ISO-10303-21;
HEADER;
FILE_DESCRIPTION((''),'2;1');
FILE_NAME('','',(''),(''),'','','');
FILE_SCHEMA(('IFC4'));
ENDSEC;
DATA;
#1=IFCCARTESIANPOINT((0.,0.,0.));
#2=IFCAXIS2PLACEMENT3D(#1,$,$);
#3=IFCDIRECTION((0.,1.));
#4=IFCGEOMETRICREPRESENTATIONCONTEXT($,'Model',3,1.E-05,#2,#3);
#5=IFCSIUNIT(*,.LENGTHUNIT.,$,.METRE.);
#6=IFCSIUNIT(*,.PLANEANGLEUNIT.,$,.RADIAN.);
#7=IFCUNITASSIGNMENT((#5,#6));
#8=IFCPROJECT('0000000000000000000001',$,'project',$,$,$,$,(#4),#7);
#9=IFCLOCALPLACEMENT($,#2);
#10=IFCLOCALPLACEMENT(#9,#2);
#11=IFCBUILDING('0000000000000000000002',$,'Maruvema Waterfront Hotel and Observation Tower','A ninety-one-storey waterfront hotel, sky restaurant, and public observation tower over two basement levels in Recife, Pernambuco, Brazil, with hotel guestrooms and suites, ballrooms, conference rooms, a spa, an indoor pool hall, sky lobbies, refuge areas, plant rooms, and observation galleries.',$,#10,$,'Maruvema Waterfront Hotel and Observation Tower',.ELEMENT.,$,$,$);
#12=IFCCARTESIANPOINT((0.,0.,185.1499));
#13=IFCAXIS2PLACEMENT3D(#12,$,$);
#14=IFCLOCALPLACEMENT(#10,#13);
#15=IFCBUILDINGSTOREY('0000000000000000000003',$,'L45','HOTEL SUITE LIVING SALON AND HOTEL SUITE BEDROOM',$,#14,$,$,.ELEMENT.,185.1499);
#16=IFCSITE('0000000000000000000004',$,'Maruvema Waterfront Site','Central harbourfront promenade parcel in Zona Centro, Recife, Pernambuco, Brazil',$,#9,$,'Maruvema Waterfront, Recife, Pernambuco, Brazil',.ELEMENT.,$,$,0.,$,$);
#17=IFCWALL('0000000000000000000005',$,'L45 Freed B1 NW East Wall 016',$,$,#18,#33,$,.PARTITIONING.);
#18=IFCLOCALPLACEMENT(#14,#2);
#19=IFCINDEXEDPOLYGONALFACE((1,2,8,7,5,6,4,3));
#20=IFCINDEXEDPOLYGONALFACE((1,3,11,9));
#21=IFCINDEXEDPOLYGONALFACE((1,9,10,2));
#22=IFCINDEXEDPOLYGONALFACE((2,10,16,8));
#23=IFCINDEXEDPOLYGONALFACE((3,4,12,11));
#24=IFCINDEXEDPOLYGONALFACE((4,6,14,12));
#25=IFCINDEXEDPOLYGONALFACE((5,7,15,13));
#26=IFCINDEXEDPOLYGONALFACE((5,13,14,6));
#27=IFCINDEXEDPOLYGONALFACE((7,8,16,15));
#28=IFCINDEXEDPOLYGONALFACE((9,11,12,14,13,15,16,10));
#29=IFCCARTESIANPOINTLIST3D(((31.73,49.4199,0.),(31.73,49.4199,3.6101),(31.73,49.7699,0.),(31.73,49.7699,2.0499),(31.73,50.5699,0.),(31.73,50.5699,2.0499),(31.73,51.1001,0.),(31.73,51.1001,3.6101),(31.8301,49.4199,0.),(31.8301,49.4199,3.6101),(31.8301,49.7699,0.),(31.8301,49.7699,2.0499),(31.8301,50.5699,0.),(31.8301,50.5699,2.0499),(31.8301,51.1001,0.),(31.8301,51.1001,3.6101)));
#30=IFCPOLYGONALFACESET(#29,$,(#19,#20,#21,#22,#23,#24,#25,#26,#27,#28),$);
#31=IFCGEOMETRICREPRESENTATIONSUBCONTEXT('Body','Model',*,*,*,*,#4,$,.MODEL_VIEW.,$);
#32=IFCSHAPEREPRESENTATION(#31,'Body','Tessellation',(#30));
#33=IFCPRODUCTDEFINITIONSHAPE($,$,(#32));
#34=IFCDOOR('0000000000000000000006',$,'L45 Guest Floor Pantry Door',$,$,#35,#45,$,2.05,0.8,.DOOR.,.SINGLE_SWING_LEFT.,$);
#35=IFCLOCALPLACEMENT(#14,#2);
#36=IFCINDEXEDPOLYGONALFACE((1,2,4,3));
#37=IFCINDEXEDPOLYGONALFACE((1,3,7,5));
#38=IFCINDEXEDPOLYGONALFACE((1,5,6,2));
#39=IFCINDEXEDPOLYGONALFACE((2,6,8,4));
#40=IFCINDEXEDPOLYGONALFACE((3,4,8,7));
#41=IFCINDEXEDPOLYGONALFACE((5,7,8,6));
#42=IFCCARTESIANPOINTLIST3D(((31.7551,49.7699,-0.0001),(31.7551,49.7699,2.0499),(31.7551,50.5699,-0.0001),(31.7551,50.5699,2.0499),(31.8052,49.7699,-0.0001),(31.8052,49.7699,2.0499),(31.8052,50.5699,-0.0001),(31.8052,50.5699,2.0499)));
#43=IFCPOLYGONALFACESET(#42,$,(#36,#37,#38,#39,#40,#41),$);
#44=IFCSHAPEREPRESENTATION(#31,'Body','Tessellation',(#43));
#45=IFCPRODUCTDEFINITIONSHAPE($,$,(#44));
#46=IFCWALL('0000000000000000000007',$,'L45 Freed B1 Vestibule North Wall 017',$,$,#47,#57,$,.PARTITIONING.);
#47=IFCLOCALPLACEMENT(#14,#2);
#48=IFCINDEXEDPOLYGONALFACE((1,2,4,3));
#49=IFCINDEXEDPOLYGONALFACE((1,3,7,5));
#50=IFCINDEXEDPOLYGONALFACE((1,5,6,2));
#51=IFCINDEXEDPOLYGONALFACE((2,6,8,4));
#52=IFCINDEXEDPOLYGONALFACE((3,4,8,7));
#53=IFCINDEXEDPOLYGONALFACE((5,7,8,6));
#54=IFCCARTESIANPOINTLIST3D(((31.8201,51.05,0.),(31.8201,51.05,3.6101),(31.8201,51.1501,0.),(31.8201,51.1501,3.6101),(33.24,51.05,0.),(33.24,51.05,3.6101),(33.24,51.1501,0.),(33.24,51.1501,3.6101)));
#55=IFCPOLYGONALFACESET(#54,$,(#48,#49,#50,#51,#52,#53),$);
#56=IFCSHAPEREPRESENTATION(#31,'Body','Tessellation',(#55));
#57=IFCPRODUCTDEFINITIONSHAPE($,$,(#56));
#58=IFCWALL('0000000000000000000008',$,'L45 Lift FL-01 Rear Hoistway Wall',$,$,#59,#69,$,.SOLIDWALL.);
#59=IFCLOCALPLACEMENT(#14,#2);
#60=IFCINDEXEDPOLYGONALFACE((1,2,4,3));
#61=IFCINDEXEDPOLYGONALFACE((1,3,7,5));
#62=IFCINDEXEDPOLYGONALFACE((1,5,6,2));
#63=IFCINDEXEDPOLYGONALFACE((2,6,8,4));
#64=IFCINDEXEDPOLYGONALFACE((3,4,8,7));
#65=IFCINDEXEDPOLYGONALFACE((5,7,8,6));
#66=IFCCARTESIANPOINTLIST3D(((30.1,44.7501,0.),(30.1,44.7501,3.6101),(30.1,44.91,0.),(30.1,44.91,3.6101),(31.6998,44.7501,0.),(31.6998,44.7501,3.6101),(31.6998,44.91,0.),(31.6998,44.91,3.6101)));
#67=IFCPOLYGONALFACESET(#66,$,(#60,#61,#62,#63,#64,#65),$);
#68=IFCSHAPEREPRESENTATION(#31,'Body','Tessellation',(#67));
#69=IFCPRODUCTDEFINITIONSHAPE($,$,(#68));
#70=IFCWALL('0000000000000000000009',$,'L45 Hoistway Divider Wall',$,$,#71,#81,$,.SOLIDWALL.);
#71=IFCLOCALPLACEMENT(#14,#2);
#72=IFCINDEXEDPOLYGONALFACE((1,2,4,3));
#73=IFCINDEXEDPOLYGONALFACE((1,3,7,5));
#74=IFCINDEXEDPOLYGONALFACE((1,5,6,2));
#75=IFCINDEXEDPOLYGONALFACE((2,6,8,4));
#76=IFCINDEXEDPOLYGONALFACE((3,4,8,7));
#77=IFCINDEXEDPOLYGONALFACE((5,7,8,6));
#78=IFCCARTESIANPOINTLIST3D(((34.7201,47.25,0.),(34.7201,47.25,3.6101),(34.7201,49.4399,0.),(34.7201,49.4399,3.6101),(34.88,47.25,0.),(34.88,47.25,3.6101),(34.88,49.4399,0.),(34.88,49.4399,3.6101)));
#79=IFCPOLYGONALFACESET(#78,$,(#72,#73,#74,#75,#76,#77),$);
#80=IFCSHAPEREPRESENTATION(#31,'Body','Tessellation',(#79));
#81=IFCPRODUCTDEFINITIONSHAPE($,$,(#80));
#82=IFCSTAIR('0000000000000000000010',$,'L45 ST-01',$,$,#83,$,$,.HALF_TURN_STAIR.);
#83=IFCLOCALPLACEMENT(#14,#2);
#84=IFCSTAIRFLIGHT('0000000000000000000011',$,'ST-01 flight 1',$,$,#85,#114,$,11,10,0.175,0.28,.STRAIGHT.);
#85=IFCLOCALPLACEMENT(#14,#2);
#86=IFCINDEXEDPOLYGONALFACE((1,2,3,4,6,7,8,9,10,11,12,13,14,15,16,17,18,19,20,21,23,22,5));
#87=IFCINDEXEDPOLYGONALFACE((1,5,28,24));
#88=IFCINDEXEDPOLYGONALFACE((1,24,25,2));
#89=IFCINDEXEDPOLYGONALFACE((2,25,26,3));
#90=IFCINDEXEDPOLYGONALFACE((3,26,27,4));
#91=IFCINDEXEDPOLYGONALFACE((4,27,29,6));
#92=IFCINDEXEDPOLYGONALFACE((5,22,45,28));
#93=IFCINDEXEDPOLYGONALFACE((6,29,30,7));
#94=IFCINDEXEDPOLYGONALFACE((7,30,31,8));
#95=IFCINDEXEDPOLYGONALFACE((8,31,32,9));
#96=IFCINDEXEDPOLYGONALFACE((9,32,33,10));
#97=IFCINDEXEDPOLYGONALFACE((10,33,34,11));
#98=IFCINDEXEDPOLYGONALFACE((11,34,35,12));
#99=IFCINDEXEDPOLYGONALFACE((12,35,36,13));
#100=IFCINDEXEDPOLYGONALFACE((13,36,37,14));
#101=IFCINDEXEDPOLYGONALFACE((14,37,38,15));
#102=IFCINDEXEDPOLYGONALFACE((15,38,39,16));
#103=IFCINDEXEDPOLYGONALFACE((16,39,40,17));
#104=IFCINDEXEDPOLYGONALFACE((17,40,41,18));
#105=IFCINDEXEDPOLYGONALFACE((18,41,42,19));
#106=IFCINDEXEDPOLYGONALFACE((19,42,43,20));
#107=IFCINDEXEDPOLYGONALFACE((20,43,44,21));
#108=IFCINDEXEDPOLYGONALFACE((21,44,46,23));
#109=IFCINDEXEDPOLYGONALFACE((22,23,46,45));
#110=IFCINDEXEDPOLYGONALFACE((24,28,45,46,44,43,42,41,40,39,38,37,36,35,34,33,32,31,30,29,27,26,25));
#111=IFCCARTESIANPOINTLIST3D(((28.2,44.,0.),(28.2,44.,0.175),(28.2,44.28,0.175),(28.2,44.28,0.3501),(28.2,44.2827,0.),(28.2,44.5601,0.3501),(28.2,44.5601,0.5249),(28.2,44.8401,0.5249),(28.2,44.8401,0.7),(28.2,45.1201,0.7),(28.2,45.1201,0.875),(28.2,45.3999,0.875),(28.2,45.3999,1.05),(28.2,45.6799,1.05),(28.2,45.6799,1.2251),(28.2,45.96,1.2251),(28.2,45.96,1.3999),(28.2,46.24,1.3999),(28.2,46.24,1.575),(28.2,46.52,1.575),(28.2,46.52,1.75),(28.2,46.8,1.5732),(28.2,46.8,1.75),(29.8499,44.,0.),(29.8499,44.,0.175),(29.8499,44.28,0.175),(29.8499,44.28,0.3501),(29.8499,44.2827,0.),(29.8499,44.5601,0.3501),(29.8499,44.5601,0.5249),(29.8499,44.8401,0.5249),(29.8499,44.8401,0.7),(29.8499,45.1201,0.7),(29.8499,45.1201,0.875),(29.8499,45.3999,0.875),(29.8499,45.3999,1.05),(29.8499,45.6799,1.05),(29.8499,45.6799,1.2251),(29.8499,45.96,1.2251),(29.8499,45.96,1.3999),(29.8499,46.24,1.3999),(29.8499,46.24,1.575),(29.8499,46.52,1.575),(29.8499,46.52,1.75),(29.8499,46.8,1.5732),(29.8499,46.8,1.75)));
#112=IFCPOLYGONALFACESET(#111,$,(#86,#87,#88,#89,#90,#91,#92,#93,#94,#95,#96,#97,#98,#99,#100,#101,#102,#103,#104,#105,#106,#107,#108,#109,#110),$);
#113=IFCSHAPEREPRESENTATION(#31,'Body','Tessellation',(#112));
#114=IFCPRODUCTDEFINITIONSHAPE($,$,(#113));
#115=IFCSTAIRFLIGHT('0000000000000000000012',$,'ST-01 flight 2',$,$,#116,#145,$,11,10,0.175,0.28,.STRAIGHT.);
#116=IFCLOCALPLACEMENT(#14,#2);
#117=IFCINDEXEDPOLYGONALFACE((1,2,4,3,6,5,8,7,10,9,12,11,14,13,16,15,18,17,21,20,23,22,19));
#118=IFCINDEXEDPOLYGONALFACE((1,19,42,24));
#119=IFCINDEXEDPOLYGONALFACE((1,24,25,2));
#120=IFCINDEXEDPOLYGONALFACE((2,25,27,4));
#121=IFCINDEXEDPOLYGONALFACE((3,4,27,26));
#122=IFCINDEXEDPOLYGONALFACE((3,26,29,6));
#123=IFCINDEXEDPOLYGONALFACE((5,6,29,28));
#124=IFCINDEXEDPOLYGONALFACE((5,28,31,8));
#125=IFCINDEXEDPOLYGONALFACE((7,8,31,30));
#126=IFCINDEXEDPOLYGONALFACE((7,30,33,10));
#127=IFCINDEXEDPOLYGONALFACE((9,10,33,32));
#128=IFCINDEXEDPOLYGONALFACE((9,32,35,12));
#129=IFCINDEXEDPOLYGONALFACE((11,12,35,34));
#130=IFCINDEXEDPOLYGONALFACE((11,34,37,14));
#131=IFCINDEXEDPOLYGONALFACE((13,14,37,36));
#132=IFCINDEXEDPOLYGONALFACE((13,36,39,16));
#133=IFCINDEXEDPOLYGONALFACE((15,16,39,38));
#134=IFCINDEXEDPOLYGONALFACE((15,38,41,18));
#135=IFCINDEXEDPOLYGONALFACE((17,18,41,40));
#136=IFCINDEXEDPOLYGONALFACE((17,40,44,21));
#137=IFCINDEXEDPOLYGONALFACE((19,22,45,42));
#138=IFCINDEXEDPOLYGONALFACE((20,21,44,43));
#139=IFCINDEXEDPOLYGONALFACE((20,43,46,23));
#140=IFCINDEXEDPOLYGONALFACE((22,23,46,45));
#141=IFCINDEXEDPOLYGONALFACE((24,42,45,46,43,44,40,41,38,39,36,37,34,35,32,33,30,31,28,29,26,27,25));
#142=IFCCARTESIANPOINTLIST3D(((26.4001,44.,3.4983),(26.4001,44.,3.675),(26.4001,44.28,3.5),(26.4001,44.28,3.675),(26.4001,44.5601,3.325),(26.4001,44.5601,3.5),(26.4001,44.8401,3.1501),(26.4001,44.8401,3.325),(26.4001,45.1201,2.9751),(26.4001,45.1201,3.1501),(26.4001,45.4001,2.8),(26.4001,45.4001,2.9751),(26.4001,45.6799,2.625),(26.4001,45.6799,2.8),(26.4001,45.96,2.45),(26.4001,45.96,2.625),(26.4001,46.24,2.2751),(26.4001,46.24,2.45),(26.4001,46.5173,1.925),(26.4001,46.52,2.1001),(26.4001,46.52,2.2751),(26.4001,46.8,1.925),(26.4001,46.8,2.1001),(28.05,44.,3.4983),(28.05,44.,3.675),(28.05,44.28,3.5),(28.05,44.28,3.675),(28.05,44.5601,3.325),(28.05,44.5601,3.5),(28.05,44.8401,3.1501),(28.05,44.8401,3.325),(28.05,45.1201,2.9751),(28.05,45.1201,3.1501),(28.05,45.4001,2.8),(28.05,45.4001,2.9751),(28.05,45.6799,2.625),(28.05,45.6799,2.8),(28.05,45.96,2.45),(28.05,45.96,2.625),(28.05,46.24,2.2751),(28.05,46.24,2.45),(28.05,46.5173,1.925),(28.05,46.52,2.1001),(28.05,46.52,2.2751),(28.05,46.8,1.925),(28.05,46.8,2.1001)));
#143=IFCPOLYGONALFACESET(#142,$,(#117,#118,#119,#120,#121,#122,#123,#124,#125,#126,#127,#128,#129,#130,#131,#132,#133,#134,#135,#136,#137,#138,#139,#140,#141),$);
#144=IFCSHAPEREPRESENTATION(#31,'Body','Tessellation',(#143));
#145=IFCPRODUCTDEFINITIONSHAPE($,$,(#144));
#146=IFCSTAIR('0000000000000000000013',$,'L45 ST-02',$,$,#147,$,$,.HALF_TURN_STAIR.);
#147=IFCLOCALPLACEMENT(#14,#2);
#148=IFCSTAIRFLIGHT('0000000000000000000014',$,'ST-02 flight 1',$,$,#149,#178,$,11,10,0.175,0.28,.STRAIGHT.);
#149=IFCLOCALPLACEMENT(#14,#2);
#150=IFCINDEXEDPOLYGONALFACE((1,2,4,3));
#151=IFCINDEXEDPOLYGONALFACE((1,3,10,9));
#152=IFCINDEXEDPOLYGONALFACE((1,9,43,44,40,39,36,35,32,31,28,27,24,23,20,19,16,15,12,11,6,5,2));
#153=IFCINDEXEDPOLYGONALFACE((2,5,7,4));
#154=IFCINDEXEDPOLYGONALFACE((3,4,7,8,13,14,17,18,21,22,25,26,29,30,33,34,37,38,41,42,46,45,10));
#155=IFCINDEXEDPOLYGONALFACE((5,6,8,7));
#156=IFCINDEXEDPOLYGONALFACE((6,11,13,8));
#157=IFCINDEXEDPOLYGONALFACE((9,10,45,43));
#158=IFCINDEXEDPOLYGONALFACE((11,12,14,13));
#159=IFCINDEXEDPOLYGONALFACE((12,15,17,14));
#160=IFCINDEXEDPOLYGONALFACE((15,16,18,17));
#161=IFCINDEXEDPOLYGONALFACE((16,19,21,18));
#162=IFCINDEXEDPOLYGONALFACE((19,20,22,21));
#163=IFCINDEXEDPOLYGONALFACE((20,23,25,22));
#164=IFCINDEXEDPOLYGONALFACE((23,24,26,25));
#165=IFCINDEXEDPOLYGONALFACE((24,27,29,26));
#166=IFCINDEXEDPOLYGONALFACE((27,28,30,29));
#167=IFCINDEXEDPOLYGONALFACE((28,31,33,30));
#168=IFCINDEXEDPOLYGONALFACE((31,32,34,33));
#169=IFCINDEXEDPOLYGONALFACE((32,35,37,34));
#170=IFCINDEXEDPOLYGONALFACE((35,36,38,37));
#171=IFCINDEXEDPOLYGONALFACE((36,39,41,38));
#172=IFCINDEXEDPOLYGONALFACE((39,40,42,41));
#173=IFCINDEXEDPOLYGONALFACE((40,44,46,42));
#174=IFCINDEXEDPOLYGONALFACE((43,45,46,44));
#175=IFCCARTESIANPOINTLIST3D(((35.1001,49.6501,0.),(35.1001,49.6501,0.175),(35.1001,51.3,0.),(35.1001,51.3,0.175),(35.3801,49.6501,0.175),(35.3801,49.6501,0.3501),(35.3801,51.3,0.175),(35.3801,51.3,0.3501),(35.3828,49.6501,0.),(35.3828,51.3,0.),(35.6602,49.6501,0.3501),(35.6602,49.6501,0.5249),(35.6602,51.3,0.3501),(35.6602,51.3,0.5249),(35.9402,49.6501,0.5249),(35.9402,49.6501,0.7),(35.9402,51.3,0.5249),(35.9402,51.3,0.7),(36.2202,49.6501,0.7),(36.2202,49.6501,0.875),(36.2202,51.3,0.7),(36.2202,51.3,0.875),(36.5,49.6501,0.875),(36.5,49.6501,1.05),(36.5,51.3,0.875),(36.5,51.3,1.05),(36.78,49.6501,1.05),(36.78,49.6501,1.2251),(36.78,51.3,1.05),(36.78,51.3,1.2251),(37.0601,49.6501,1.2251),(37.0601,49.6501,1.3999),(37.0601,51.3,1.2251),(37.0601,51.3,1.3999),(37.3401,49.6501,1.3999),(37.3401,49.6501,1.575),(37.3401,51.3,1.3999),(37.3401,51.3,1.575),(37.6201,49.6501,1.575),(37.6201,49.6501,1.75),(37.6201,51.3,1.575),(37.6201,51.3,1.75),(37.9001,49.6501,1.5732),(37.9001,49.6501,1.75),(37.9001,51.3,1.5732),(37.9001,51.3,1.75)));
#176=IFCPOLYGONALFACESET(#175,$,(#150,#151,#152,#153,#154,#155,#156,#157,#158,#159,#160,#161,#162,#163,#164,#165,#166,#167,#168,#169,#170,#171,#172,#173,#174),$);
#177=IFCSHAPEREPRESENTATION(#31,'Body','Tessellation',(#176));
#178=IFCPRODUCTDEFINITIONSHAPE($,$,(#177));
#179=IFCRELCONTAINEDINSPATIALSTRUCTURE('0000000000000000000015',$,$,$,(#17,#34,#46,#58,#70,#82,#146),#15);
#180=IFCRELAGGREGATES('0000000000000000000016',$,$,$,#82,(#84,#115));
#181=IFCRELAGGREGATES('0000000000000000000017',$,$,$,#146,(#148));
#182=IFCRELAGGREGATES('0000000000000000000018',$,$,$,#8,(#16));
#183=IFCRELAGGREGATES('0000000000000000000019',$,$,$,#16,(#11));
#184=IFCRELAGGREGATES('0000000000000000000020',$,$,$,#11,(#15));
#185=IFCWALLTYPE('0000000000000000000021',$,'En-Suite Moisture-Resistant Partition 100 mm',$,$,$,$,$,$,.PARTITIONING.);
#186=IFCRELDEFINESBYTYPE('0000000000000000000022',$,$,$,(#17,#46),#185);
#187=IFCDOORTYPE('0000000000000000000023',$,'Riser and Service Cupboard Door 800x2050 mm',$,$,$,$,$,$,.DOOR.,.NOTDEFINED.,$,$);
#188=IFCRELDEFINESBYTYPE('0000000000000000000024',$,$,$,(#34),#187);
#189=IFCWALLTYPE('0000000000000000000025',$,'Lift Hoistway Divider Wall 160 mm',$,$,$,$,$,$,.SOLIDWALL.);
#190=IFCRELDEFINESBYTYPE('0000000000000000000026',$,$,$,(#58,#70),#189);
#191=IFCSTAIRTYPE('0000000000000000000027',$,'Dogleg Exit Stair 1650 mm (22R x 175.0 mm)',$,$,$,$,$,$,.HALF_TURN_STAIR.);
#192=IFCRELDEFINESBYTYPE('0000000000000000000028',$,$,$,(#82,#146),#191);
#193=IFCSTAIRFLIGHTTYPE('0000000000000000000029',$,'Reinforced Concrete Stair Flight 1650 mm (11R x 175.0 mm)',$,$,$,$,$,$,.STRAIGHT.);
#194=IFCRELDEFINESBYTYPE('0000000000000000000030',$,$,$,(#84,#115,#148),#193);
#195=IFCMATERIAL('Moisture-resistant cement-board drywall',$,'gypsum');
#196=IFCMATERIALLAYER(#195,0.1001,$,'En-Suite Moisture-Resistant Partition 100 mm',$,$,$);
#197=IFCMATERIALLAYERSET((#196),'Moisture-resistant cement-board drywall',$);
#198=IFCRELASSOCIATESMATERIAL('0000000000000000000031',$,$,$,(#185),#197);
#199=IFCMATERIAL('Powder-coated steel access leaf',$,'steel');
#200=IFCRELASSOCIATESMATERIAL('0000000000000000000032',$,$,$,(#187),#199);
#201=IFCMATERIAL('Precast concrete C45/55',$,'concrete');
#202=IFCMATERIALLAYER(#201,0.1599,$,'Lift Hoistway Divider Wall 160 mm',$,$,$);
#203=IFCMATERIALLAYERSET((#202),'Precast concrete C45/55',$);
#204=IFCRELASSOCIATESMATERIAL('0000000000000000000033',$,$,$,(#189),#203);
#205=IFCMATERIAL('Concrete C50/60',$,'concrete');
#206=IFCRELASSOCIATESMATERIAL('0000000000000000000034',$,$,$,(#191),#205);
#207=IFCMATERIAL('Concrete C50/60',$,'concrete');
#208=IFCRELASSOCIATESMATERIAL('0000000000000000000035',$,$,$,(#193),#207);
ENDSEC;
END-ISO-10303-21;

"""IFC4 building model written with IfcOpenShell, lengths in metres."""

from ifc_helpers import new_model, si_unit, direction, frame, frame_2d, origin, place, context, subcontext, project, spatial, polyline, rectangle, outline, extrude, material, layer, layer_set, type_object, element, fill, aggregate, save


model = new_model("IFC4")

# Units and contexts
model_context = context("Model", 3, precision=1e-05, world=origin(), true_north=direction((0.0, 1.0)))
body_context = subcontext(model_context, "Body", "Model", "MODEL_VIEW")
ifc_project = project(units=[si_unit("LENGTHUNIT", "METRE"), si_unit("PLANEANGLEUNIT", "RADIAN")], contexts=[model_context])

# Site, building, storey
site_placement = place(None, origin())
site = spatial("IfcSite", under=ifc_project, at=site_placement, Name="Maruvema Waterfront Site", Description="Central harbourfront promenade parcel in Zona Centro, Recife, Pernambuco, Brazil", LongName="Maruvema Waterfront, Recife, Pernambuco, Brazil", CompositionType="ELEMENT", RefElevation=0.0)
building_placement = place(site_placement, origin())
building = spatial("IfcBuilding", under=site, at=building_placement, Name="Maruvema Waterfront Hotel and Observation Tower", Description="A ninety-one-storey waterfront hotel, sky restaurant, and public observation tower over two basement levels in Recife, Pernambuco, Brazil, with hotel guestrooms and suites, ballrooms, conference rooms, a spa, an indoor pool hall, sky lobbies, refuge areas, plant rooms, and observation galleries.", LongName="Maruvema Waterfront Hotel and Observation Tower", CompositionType="ELEMENT")
storey_placement = place(building_placement, frame((0.0, 0.0, 185.1499)))
storey = spatial("IfcBuildingStorey", under=building, at=storey_placement, Name="L45", Description="HOTEL SUITE LIVING SALON AND HOTEL SUITE BEDROOM", CompositionType="ELEMENT", Elevation=185.1499)

# Shared definitions
ifc_material_1 = material(Name="Moisture-resistant cement-board drywall", Category="gypsum")
ifc_layer_1 = layer(ifc_material_1, 0.1001, Name="En-Suite Moisture-Resistant Partition 100 mm")
ifc_layer_set_1 = layer_set([ifc_layer_1], Name="Moisture-resistant cement-board drywall")
wall_type_1 = type_object("IfcWallType", Name="En-Suite Moisture-Resistant Partition 100 mm", PredefinedType="PARTITIONING", material=ifc_layer_set_1)

# Shared definitions
ifc_material_2 = material(Name="Powder-coated steel access leaf", Category="steel")
door_type_1 = type_object("IfcDoorType", Name="Riser and Service Cupboard Door 800x2050 mm", OperationType="NOTDEFINED", PredefinedType="DOOR", material=ifc_material_2)

# Wall, opening, door
wall_1_placement = place(storey_placement, frame((31.78, 49.4199, 0.0), z_axis=(0.0, 0.0, 1.0), x_axis=(0.0, 1.0, 0.0)))
wall_1 = element("IfcWall", 1, at=wall_1_placement, inside=storey, type_object=wall_type_1, Name="L45 Freed B1 NW East Wall 016", PredefinedType="PARTITIONING", context=body_context, shape_type="SweptSolid", body=[
    extrude(rectangle(XDim=1.6802, YDim=0.1001, at=frame_2d((0.8401, 0.0))), origin(), (0.0, 0.0, 1.0), 3.6101),
])
opening_1_placement = place(wall_1_placement, frame((0.3501, 0.0, 0.0)))
opening_1 = element("IfcOpeningElement", 2, at=opening_1_placement, cuts=wall_1, PredefinedType="OPENING", context=body_context, shape_type="SweptSolid", body=[
    extrude(rectangle(XDim=0.8, YDim=2.05, at=frame_2d((0.3999, 1.0249))), frame((0.0, 0.0601, 0.0), z_axis=(0.0, -1.0, 0.0), x_axis=(1.0, 0.0, 0.0)), (0.0, 0.0, 1.0), 0.1201),
])
door_1_placement = place(opening_1_placement, origin())
door_1 = element("IfcDoor", 3, at=door_1_placement, inside=storey, type_object=door_type_1, Name="L45 Guest Floor Pantry Door", OperationType="SINGLE_SWING_LEFT", OverallHeight=2.05, OverallWidth=0.8, PredefinedType="DOOR", context=body_context, shape_type="SweptSolid", body=[
    extrude(rectangle(XDim=0.8, YDim=2.05, at=frame_2d((0.3999, 1.0249))), frame((0.0, 0.0249, 0.0), z_axis=(0.0, -1.0, 0.0), x_axis=(1.0, 0.0, 0.0)), (0.0, 0.0, 1.0), 0.05),
])
fill(opening_1, door_1)

# Walls
wall_2_placement = place(storey_placement, frame((31.8201, 51.1001, 0.0), z_axis=(0.0, 0.0, 1.0), x_axis=(1.0, 0.0, 0.0)))
element("IfcWall", 4, at=wall_2_placement, inside=storey, type_object=wall_type_1, Name="L45 Freed B1 Vestibule North Wall 017", PredefinedType="PARTITIONING", context=body_context, shape_type="SweptSolid", body=[
    extrude(rectangle(XDim=1.4199, YDim=0.1001, at=frame_2d((0.71, 0.0))), origin(), (0.0, 0.0, 1.0), 3.6101),
])
ifc_material_3 = material(Name="Precast concrete C45/55", Category="concrete")
ifc_layer_2 = layer(ifc_material_3, 0.1599, Name="Lift Hoistway Divider Wall 160 mm")
ifc_layer_set_2 = layer_set([ifc_layer_2], Name="Precast concrete C45/55")
wall_type_2 = type_object("IfcWallType", Name="Lift Hoistway Divider Wall 160 mm", PredefinedType="SOLIDWALL", material=ifc_layer_set_2)
wall_3_placement = place(storey_placement, frame((30.1001, 44.8301, 0.0), z_axis=(0.0, 0.0, 1.0), x_axis=(1.0, 0.0, 0.0)))
element("IfcWall", 5, at=wall_3_placement, inside=storey, type_object=wall_type_2, Name="L45 Lift FL-01 Rear Hoistway Wall", PredefinedType="SOLIDWALL", context=body_context, shape_type="SweptSolid", body=[
    extrude(rectangle(XDim=1.5999, YDim=0.1599, at=frame_2d((0.7998, 0.0))), origin(), (0.0, 0.0, 1.0), 3.6101),
])
wall_4_placement = place(storey_placement, frame((34.8, 47.25, 0.0), z_axis=(0.0, 0.0, 1.0), x_axis=(0.0, 1.0, 0.0)))
element("IfcWall", 6, at=wall_4_placement, inside=storey, type_object=wall_type_2, Name="L45 Hoistway Divider Wall", PredefinedType="SOLIDWALL", context=body_context, shape_type="SweptSolid", body=[
    extrude(rectangle(XDim=2.1899, YDim=0.1599, at=frame_2d((1.095, 0.0))), origin(), (0.0, 0.0, 1.0), 3.6101),
])

# Stair, stair flights
ifc_material_4 = material(Name="Concrete C50/60", Category="concrete")
stair_type = type_object("IfcStairType", Name="Dogleg Exit Stair 1650 mm (22R x 175.0 mm)", PredefinedType="HALF_TURN_STAIR", material=ifc_material_4)
stair_1_placement = place(storey_placement, origin())
stair_1 = element("IfcStair", 7, at=stair_1_placement, inside=storey, type_object=stair_type, Name="L45 ST-01", PredefinedType="HALF_TURN_STAIR")
ifc_material_5 = material(Name="Concrete C50/60", Category="concrete")
stair_flight_type = type_object("IfcStairFlightType", Name="Reinforced Concrete Stair Flight 1650 mm (11R x 175.0 mm)", PredefinedType="STRAIGHT", material=ifc_material_5)
stair_flight_1_placement = place(storey_placement, frame((29.0249, 44.0, 0.0), z_axis=(0.0, 0.0, 1.0), x_axis=(0.0, 1.0, 0.0)))
stair_flight_1 = element("IfcStairFlight", 8, at=stair_flight_1_placement, type_object=stair_flight_type, Name="ST-01 flight 1", NumberOfRisers=11, NumberOfTreads=10, PredefinedType="STRAIGHT", RiserHeight=0.175, TreadLength=0.28, context=body_context, shape_type="SweptSolid", body=[
    extrude(outline(polyline([(0.0, 0.0), (0.0, 0.175), (0.28, 0.175), (0.28, 0.3501), (0.5601, 0.3501), (0.5601, 0.5249), (0.8401, 0.5249), (0.8401, 0.7), (1.1201, 0.7), (1.1201, 0.875), (1.3999, 0.875), (1.3999, 1.05), (1.6799, 1.05), (1.6799, 1.2251), (1.96, 1.2251), (1.96, 1.3999), (2.24, 1.3999), (2.24, 1.575), (2.52, 1.575), (2.52, 1.75), (2.8, 1.75), (2.8, 1.925), (2.8, 1.5732), (0.2827, 0.0), (0.0, 0.0)])), frame((0.0, 0.825, 0.0), z_axis=(0.0, -1.0, 0.0), x_axis=(1.0, 0.0, 0.0)), (0.0, 0.0, 1.0), 1.6499),
])
stair_flight_2_placement = place(storey_placement, frame((27.2251, 46.8, 1.925), z_axis=(0.0, 0.0, 1.0), x_axis=(0.0, -1.0, 0.0)))
stair_flight_2 = element("IfcStairFlight", 9, at=stair_flight_2_placement, type_object=stair_flight_type, Name="ST-01 flight 2", NumberOfRisers=11, NumberOfTreads=10, PredefinedType="STRAIGHT", RiserHeight=0.175, TreadLength=0.28, context=body_context, shape_type="SweptSolid", body=[
    extrude(outline(polyline([(0.0, 0.0), (0.0, 0.175), (0.28, 0.175), (0.28, 0.3501), (0.5601, 0.3501), (0.5601, 0.5249), (0.8401, 0.5249), (0.8401, 0.7), (1.1201, 0.7), (1.1201, 0.875), (1.3999, 0.875), (1.3999, 1.05), (1.6799, 1.05), (1.6799, 1.2251), (1.96, 1.2251), (1.96, 1.3999), (2.24, 1.3999), (2.24, 1.575), (2.52, 1.575), (2.52, 1.75), (2.8, 1.75), (2.8, 1.925), (2.8, 1.5732), (0.2827, 0.0), (0.0, 0.0)])), frame((0.0, 0.825, 0.0), z_axis=(0.0, -1.0, 0.0), x_axis=(1.0, 0.0, 0.0)), (0.0, 0.0, 1.0), 1.6499),
])
aggregate(stair_1, [stair_flight_1, stair_flight_2])

# Stair, stair flight
stair_2_placement = place(storey_placement, origin())
stair_2 = element("IfcStair", 10, at=stair_2_placement, inside=storey, type_object=stair_type, Name="L45 ST-02", PredefinedType="HALF_TURN_STAIR")
stair_flight_3_placement = place(storey_placement, frame((35.1001, 50.4751, 0.0), z_axis=(0.0, 0.0, 1.0), x_axis=(1.0, 0.0, 0.0)))
stair_flight_3 = element("IfcStairFlight", 11, at=stair_flight_3_placement, type_object=stair_flight_type, Name="ST-02 flight 1", NumberOfRisers=11, NumberOfTreads=10, PredefinedType="STRAIGHT", RiserHeight=0.175, TreadLength=0.28, context=body_context, shape_type="SweptSolid", body=[
    extrude(outline(polyline([(0.0, 0.0), (0.0, 0.175), (0.28, 0.175), (0.28, 0.3501), (0.5601, 0.3501), (0.5601, 0.5249), (0.8401, 0.5249), (0.8401, 0.7), (1.1201, 0.7), (1.1201, 0.875), (1.3999, 0.875), (1.3999, 1.05), (1.6799, 1.05), (1.6799, 1.2251), (1.96, 1.2251), (1.96, 1.3999), (2.24, 1.3999), (2.24, 1.575), (2.52, 1.575), (2.52, 1.75), (2.8, 1.75), (2.8, 1.925), (2.8, 1.5732), (0.2827, 0.0), (0.0, 0.0)])), frame((0.0, 0.825, 0.0), z_axis=(0.0, -1.0, 0.0), x_axis=(1.0, 0.0, 0.0)), (0.0, 0.0, 1.0), 1.6499),
])
aggregate(stair_2, [stair_flight_3])

save(model, "model.ifc")
